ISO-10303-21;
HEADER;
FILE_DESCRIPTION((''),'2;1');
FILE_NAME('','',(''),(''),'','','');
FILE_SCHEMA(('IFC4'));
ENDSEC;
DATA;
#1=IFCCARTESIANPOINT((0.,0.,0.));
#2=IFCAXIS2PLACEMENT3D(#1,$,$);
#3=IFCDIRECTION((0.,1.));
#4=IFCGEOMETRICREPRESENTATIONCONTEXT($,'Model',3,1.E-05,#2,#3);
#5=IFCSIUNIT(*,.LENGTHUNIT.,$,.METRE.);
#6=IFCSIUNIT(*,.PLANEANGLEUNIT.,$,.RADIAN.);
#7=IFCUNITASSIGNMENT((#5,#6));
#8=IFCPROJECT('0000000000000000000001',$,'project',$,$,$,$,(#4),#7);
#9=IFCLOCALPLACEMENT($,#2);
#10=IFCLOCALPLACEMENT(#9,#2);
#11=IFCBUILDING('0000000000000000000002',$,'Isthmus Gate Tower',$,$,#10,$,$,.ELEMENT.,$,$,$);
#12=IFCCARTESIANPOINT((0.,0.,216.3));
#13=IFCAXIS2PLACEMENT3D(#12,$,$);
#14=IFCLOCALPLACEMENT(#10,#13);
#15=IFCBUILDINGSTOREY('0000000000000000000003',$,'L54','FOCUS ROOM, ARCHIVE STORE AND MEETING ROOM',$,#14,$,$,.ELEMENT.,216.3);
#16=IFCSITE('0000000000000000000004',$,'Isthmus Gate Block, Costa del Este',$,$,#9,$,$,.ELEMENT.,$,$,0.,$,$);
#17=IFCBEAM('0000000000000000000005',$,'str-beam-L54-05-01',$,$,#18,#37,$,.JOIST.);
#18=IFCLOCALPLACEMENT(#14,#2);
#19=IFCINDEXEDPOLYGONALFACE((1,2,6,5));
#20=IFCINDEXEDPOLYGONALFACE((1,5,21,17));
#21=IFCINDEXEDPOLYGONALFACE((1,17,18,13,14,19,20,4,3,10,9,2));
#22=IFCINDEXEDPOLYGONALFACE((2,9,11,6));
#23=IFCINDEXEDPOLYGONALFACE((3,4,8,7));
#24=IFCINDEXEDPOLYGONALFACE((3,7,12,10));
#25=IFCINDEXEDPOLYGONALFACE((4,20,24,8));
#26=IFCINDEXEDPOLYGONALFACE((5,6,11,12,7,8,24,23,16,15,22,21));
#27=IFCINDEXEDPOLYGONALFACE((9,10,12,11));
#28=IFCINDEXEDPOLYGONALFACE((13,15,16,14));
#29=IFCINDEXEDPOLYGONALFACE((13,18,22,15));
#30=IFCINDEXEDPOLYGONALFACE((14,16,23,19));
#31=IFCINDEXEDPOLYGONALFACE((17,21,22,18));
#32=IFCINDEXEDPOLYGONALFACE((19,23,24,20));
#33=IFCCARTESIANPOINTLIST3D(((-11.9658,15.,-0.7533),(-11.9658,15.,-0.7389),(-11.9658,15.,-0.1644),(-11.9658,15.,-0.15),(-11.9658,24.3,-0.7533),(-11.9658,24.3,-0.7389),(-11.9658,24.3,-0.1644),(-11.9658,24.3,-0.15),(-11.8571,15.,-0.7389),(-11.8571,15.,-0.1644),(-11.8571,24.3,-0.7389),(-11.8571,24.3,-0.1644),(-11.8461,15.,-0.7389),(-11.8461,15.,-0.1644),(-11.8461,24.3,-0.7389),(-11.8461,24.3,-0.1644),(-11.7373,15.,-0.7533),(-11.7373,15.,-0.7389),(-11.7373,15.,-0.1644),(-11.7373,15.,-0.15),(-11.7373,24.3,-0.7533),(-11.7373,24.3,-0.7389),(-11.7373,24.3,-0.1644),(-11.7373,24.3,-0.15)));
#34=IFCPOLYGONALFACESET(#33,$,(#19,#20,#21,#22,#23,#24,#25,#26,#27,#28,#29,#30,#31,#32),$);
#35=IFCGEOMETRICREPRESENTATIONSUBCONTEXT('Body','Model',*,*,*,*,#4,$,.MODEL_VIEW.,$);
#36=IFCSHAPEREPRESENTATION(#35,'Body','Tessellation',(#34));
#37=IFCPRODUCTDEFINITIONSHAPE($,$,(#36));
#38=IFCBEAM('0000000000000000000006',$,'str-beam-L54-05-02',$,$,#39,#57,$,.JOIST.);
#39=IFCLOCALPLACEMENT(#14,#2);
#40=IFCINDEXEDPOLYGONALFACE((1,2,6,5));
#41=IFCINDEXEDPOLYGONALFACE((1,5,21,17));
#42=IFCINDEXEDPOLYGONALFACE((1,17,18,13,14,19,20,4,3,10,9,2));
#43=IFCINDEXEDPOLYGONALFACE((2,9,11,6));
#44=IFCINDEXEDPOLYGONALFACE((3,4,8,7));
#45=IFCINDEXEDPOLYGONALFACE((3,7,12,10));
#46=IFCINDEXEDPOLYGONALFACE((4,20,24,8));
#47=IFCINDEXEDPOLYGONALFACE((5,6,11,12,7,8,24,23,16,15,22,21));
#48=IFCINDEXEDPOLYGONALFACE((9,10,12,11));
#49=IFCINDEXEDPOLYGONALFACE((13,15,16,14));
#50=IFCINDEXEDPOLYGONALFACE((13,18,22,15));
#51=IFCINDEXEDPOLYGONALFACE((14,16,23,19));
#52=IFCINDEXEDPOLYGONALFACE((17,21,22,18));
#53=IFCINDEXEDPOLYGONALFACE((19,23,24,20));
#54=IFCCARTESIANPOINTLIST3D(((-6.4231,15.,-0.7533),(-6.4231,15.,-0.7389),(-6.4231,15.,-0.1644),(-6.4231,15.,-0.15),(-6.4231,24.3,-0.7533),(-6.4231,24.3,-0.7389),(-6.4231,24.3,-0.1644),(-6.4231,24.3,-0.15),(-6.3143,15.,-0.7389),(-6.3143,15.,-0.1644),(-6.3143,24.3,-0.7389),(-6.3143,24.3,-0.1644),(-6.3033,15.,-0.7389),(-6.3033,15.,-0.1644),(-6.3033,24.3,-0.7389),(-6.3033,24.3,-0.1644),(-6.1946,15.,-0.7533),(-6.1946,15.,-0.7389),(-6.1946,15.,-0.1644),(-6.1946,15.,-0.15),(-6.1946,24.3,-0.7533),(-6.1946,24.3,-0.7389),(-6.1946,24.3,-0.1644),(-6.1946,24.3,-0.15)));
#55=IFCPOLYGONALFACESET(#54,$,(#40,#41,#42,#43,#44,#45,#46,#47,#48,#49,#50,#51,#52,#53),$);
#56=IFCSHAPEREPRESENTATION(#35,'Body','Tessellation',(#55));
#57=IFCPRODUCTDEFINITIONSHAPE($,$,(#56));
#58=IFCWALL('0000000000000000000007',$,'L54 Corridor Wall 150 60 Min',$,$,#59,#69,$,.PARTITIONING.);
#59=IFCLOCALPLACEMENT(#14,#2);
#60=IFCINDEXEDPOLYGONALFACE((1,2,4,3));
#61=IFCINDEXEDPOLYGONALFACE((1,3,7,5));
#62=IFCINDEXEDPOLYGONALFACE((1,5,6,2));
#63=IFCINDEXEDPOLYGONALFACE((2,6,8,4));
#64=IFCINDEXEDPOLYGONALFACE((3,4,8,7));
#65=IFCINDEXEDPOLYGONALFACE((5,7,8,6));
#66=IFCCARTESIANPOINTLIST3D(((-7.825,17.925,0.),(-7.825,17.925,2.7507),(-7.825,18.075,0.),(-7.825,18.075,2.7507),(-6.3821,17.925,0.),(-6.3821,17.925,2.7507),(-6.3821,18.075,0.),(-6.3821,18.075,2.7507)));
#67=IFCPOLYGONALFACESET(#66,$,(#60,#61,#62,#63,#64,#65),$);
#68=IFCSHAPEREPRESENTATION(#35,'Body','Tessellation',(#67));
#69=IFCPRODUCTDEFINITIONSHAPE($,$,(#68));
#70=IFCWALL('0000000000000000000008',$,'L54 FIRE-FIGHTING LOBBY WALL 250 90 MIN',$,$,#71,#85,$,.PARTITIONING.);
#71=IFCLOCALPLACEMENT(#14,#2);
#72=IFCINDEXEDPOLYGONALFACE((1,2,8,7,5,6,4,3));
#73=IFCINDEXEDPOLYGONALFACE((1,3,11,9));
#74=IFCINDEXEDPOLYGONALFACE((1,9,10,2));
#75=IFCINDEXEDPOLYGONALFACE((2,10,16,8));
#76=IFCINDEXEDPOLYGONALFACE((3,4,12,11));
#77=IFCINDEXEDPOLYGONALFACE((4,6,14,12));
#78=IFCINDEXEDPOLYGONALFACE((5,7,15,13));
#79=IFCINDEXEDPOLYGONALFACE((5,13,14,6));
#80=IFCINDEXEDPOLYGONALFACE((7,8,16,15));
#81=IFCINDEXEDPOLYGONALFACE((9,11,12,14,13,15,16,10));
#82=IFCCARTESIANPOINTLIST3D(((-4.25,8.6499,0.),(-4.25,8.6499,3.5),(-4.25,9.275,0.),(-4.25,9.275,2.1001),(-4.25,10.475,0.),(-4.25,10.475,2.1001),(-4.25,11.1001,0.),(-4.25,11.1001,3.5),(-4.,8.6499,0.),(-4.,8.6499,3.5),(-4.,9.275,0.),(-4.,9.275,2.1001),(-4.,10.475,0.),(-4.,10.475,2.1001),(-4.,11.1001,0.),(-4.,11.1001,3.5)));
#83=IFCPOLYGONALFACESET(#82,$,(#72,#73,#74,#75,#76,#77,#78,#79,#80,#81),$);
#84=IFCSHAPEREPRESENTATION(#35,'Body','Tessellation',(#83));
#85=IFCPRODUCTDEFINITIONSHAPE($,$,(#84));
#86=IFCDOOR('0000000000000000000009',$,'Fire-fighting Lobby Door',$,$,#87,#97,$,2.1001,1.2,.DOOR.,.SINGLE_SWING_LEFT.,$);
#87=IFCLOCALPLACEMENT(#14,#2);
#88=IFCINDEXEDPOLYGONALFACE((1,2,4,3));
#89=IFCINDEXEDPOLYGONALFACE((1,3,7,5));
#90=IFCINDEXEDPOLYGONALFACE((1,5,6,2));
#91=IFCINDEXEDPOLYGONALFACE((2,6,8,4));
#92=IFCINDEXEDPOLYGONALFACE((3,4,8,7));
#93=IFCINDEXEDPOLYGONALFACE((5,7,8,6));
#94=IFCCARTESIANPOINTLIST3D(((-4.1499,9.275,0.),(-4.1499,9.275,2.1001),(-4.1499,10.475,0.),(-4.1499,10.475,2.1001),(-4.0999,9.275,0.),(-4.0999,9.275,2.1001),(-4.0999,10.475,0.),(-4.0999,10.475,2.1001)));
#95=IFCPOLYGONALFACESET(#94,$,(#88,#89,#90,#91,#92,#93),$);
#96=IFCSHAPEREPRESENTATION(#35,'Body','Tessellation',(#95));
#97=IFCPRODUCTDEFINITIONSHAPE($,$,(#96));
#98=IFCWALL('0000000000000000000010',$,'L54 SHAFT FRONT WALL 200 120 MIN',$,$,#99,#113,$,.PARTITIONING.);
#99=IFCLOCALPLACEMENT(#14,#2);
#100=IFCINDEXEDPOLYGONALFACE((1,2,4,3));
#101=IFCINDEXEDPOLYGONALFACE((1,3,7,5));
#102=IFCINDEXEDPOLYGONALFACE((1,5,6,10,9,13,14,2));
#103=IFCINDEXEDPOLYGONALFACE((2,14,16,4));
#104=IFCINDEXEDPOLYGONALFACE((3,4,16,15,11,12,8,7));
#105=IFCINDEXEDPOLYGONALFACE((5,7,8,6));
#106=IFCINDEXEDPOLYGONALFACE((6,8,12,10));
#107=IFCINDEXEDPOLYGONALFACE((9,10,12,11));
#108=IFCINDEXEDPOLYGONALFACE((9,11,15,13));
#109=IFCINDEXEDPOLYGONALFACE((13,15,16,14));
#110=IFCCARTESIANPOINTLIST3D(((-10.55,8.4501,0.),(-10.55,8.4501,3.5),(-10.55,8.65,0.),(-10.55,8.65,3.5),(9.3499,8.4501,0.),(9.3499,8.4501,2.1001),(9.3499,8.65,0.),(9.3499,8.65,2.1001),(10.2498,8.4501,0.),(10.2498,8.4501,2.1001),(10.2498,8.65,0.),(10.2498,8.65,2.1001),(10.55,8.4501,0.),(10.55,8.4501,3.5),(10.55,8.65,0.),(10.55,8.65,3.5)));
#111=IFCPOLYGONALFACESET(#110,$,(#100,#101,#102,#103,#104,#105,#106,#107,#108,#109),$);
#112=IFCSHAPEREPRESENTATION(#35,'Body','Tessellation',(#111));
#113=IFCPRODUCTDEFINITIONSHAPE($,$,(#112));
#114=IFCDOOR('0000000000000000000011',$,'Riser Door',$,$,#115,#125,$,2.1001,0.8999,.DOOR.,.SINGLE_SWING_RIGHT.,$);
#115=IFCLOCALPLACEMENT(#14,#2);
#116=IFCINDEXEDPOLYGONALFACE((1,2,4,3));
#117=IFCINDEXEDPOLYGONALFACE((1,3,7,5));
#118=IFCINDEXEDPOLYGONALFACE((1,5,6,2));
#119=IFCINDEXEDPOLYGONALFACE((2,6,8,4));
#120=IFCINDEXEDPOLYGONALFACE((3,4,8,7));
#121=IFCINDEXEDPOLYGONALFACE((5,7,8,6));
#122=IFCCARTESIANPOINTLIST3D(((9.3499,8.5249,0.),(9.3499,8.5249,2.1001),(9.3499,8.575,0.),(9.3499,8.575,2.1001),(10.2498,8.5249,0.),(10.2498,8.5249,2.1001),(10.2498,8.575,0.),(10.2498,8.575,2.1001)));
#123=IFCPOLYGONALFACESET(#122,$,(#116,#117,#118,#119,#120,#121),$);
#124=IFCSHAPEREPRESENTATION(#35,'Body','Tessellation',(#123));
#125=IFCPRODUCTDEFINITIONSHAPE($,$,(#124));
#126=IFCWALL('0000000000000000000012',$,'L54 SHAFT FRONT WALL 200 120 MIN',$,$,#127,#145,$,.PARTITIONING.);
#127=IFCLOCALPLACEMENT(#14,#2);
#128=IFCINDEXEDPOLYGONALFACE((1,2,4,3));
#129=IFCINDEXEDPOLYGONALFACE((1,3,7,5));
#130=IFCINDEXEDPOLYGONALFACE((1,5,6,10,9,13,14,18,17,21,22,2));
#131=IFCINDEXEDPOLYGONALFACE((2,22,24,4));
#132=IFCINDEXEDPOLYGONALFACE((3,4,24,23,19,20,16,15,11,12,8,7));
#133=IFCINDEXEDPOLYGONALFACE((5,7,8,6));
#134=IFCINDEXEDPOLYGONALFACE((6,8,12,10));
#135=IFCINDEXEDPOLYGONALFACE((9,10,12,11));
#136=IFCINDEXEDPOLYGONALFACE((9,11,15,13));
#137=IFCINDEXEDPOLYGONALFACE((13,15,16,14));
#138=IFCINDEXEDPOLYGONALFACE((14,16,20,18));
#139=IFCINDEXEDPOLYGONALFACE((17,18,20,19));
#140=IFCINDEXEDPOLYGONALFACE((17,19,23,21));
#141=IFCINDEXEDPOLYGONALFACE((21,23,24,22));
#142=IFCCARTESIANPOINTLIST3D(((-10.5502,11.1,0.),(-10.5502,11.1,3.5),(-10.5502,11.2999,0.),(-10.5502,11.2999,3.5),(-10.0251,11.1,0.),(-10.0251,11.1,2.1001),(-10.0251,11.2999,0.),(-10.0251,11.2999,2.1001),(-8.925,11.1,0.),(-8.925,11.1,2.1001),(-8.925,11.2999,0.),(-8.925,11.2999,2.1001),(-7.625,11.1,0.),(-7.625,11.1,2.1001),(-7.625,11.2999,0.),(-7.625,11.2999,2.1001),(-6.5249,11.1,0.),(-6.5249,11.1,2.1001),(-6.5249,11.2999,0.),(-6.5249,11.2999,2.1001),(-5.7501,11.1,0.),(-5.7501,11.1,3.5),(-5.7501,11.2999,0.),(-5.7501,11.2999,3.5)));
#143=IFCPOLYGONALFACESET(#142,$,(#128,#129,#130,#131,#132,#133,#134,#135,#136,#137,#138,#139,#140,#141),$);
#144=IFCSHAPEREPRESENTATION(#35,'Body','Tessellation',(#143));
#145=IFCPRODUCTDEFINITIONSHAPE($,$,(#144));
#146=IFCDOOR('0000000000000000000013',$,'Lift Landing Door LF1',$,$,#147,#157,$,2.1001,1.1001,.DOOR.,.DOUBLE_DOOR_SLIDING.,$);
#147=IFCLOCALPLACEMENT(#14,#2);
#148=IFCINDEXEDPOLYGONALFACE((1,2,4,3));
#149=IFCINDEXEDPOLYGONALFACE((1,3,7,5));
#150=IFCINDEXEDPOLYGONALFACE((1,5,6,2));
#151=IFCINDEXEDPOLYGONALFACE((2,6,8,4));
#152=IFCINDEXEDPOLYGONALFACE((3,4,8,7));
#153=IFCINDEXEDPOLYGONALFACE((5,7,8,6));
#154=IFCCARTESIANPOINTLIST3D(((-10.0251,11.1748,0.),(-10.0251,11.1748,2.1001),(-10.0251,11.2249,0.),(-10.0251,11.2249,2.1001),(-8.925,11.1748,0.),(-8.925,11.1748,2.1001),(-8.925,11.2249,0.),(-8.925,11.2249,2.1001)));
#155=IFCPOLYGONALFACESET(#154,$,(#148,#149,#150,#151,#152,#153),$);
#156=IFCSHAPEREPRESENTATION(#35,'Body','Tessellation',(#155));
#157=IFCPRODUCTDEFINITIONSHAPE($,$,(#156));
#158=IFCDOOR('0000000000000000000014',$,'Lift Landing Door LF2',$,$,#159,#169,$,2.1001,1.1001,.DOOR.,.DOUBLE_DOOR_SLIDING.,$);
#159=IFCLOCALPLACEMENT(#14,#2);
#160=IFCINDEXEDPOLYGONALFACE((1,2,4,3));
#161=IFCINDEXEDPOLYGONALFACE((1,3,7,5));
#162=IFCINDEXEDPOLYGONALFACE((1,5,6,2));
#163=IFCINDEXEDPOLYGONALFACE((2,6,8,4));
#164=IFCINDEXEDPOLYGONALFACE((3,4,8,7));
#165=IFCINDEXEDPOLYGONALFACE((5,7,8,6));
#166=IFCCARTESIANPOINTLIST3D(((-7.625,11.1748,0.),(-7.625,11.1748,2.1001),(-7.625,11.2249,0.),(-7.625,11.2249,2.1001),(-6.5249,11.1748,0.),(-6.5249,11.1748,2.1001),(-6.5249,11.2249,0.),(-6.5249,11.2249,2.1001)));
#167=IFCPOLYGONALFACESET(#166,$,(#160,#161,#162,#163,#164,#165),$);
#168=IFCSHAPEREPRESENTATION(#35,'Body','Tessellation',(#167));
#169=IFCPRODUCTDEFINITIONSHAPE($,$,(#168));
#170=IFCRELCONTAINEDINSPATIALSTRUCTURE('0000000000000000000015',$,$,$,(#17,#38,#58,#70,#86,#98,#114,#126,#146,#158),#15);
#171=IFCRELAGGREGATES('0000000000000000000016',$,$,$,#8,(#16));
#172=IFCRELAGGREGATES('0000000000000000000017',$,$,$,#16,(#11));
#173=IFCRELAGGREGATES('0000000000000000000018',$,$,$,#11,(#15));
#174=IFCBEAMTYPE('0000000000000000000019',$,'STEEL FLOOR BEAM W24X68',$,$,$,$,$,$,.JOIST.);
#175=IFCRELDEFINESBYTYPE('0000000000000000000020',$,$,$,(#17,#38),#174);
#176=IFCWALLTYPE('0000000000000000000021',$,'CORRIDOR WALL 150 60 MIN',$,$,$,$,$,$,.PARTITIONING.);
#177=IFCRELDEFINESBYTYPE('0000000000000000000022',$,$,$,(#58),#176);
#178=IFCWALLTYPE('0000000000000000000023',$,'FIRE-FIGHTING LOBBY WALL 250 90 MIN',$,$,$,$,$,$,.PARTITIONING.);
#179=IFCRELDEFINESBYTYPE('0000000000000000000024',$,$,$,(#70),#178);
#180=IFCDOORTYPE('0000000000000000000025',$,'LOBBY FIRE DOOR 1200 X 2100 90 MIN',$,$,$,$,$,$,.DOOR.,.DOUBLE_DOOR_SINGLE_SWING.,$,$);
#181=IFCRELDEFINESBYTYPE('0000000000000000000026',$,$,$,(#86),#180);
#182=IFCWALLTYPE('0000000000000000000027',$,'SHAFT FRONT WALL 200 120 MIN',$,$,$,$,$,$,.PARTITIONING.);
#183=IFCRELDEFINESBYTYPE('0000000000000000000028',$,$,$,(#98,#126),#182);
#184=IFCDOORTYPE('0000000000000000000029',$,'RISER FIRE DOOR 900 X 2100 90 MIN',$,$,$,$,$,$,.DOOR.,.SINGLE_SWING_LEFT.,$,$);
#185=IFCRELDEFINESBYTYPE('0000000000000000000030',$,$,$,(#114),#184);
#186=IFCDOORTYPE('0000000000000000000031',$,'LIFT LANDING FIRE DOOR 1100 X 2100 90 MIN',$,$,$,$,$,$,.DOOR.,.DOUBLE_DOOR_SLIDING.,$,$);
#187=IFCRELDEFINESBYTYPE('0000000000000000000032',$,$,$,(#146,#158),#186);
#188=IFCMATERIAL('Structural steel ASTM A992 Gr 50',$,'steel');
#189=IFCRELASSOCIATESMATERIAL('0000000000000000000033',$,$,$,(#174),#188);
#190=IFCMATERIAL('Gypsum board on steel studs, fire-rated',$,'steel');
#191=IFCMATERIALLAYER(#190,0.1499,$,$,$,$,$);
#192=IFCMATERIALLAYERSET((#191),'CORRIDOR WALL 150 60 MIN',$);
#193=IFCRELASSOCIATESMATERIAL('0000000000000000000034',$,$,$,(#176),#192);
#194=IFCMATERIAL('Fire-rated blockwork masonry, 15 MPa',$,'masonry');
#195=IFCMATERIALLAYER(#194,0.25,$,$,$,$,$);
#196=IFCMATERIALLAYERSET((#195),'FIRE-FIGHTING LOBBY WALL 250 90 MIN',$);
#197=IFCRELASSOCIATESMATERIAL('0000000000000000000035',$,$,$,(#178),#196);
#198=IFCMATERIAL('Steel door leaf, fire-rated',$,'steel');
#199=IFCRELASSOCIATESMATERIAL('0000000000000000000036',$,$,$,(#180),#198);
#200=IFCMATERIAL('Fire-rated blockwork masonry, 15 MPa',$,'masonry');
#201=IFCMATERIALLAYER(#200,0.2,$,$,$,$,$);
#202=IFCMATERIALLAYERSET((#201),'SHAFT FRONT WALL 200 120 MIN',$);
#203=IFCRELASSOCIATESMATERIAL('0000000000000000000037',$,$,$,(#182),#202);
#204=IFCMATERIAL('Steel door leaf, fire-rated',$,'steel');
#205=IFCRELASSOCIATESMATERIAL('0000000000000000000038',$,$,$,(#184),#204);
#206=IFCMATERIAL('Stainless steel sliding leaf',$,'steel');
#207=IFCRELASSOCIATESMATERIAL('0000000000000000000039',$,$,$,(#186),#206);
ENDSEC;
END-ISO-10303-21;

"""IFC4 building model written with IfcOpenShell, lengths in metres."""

from ifc_helpers import new_model, si_unit, direction, frame, frame_2d, origin, origin_2d, place, context, subcontext, project, spatial, rectangle, i_section, extrude, material, layer, layer_set, material_profile, profile_set, type_object, element, fill, save


model = new_model("IFC4")

# Units and contexts
model_context = context("Model", 3, precision=1e-05, world=origin(), true_north=direction((0.0, 1.0)))
body_context = subcontext(model_context, "Body", "Model", "MODEL_VIEW")
ifc_project = project(units=[si_unit("LENGTHUNIT", "METRE"), si_unit("PLANEANGLEUNIT", "RADIAN")], contexts=[model_context])

# Site, building, storey
site_placement = place(None, origin())
site = spatial("IfcSite", under=ifc_project, at=site_placement, Name="Isthmus Gate Block, Costa del Este", CompositionType="ELEMENT", RefElevation=0.0)
building_placement = place(site_placement, origin())
building = spatial("IfcBuilding", under=site, at=building_placement, Name="Isthmus Gate Tower", CompositionType="ELEMENT")
storey_placement = place(building_placement, frame((0.0, 0.0, 216.3)))
storey = spatial("IfcBuildingStorey", under=building, at=storey_placement, Name="L54", Description="FOCUS ROOM, ARCHIVE STORE AND MEETING ROOM", CompositionType="ELEMENT", Elevation=216.3)

# Beams
ifc_material_1 = material(Name="Structural steel ASTM A992 Gr 50", Category="steel")
ifc_material_profile = material_profile(ifc_material_1, i_section(OverallWidth=0.2285, OverallDepth=0.6033, WebThickness=0.011, FlangeThickness=0.0144, at=origin_2d()), Name="W24X68")
ifc_profile_set = profile_set([ifc_material_profile], Name="Structural steel ASTM A992 Gr 50")
beam_type = type_object("IfcBeamType", Name="STEEL FLOOR BEAM W24X68", PredefinedType="JOIST", material=ifc_profile_set)
for number, where, z_axis, x_axis, name in (
    (1, (-11.8516, 15.0, -0.4517), (0.0, 1.0, 0.0), (-1.0, 0.0, 0.0), "str-beam-L54-05-01"),
    (2, (-6.3088, 15.0, -0.4517), (0.0, 1.0, 0.0), (-1.0, 0.0, 0.0), "str-beam-L54-05-02"),
):
    element("IfcBeam", number, at=place(storey_placement, frame(where, z_axis=z_axis, x_axis=x_axis)), inside=storey, type_object=beam_type, Name=name, PredefinedType="JOIST", context=body_context, shape_type="SweptSolid", body=[
        extrude(i_section(OverallWidth=0.2285, OverallDepth=0.6033, WebThickness=0.011, FlangeThickness=0.0144, at=origin_2d()), origin(), (0.0, 0.0, 1.0), 9.3),
    ])

# Wall
ifc_material_2 = material(Name="Gypsum board on steel studs, fire-rated", Category="steel")
ifc_layer_1 = layer(ifc_material_2, 0.1499)
ifc_layer_set_1 = layer_set([ifc_layer_1], Name="CORRIDOR WALL 150 60 MIN")
wall_type_1 = type_object("IfcWallType", Name="CORRIDOR WALL 150 60 MIN", PredefinedType="PARTITIONING", material=ifc_layer_set_1)
wall_1_placement = place(storey_placement, frame((-7.825, 18.0, 0.0), z_axis=(0.0, 0.0, 1.0), x_axis=(1.0, 0.0, 0.0)))
element("IfcWall", 3, at=wall_1_placement, inside=storey, type_object=wall_type_1, Name="L54 Corridor Wall 150 60 Min", PredefinedType="PARTITIONING", context=body_context, shape_type="SweptSolid", body=[
    extrude(rectangle(XDim=1.4429, YDim=0.1499, at=frame_2d((0.7214, 0.0))), origin(), (0.0, 0.0, 1.0), 2.7507),
])

# Walls, openings, doors
ifc_material_3 = material(Name="Fire-rated blockwork masonry, 15 MPa", Category="masonry")
ifc_layer_2 = layer(ifc_material_3, 0.25)
ifc_layer_set_2 = layer_set([ifc_layer_2], Name="FIRE-FIGHTING LOBBY WALL 250 90 MIN")
wall_type_2 = type_object("IfcWallType", Name="FIRE-FIGHTING LOBBY WALL 250 90 MIN", PredefinedType="PARTITIONING", material=ifc_layer_set_2)
wall_2_placement = place(storey_placement, frame((-4.125, 8.6499, 0.0), z_axis=(0.0, 0.0, 1.0), x_axis=(0.0, 1.0, 0.0)))
wall_2 = element("IfcWall", 4, at=wall_2_placement, inside=storey, type_object=wall_type_2, Name="L54 FIRE-FIGHTING LOBBY WALL 250 90 MIN", PredefinedType="PARTITIONING", context=body_context, shape_type="SweptSolid", body=[
    extrude(rectangle(XDim=2.4502, YDim=0.25, at=frame_2d((1.2251, 0.0))), origin(), (0.0, 0.0, 1.0), 3.5),
])
opening_1_placement = place(wall_2_placement, frame((0.625, 0.0, 0.0)))
opening_1 = element("IfcOpeningElement", 5, at=opening_1_placement, cuts=wall_2, PredefinedType="OPENING", context=body_context, shape_type="SweptSolid", body=[
    extrude(rectangle(XDim=1.2, YDim=2.1001, at=frame_2d((0.6001, 1.05))), frame((0.0, 0.135, 0.0), z_axis=(0.0, -1.0, 0.0), x_axis=(1.0, 0.0, 0.0)), (0.0, 0.0, 1.0), 0.27),
])
ifc_material_4 = material(Name="Steel door leaf, fire-rated", Category="steel")
door_type_1 = type_object("IfcDoorType", Name="LOBBY FIRE DOOR 1200 X 2100 90 MIN", OperationType="DOUBLE_DOOR_SINGLE_SWING", PredefinedType="DOOR", material=ifc_material_4)
door_1_placement = place(opening_1_placement, origin())
door_1 = element("IfcDoor", 6, at=door_1_placement, inside=storey, type_object=door_type_1, Name="Fire-fighting Lobby Door", OperationType="SINGLE_SWING_LEFT", OverallHeight=2.1001, OverallWidth=1.2, PredefinedType="DOOR", context=body_context, shape_type="SweptSolid", body=[
    extrude(rectangle(XDim=1.2, YDim=2.1001, at=frame_2d((0.6001, 1.05))), frame((0.0, 0.0249, 0.0), z_axis=(0.0, -1.0, 0.0), x_axis=(1.0, 0.0, 0.0)), (0.0, 0.0, 1.0), 0.05),
])
fill(opening_1, door_1)
ifc_material_5 = material(Name="Fire-rated blockwork masonry, 15 MPa", Category="masonry")
ifc_layer_3 = layer(ifc_material_5, 0.2)
ifc_layer_set_3 = layer_set([ifc_layer_3], Name="SHAFT FRONT WALL 200 120 MIN")
wall_type_3 = type_object("IfcWallType", Name="SHAFT FRONT WALL 200 120 MIN", PredefinedType="PARTITIONING", material=ifc_layer_set_3)
wall_3_placement = place(storey_placement, frame((-10.55, 8.55, 0.0), z_axis=(0.0, 0.0, 1.0), x_axis=(1.0, 0.0, 0.0)))
wall_3 = element("IfcWall", 7, at=wall_3_placement, inside=storey, type_object=wall_type_3, Name="L54 SHAFT FRONT WALL 200 120 MIN", PredefinedType="PARTITIONING", context=body_context, shape_type="SweptSolid", body=[
    extrude(rectangle(XDim=21.1001, YDim=0.2, at=frame_2d((10.55, 0.0))), origin(), (0.0, 0.0, 1.0), 3.5),
])
opening_2_placement = place(wall_3_placement, frame((19.8999, 0.0, 0.0)))
opening_2 = element("IfcOpeningElement", 8, at=opening_2_placement, cuts=wall_3, PredefinedType="OPENING", context=body_context, shape_type="SweptSolid", body=[
    extrude(rectangle(XDim=0.8999, YDim=2.1001, at=frame_2d((0.45, 1.05))), frame((0.0, 0.1099, 0.0), z_axis=(0.0, -1.0, 0.0), x_axis=(1.0, 0.0, 0.0)), (0.0, 0.0, 1.0), 0.22),
])
ifc_material_6 = material(Name="Steel door leaf, fire-rated", Category="steel")
door_type_2 = type_object("IfcDoorType", Name="RISER FIRE DOOR 900 X 2100 90 MIN", OperationType="SINGLE_SWING_LEFT", PredefinedType="DOOR", material=ifc_material_6)
door_2_placement = place(opening_2_placement, origin())
door_2 = element("IfcDoor", 9, at=door_2_placement, inside=storey, type_object=door_type_2, Name="Riser Door", OperationType="SINGLE_SWING_RIGHT", OverallHeight=2.1001, OverallWidth=0.8999, PredefinedType="DOOR", context=body_context, shape_type="SweptSolid", body=[
    extrude(rectangle(XDim=0.8999, YDim=2.1001, at=frame_2d((0.45, 1.05))), frame((0.0, 0.0249, 0.0), z_axis=(0.0, -1.0, 0.0), x_axis=(1.0, 0.0, 0.0)), (0.0, 0.0, 1.0), 0.05),
])
fill(opening_2, door_2)

# Wall, openings, doors
wall_4_placement = place(storey_placement, frame((-10.55, 11.2, 0.0), z_axis=(0.0, 0.0, 1.0), x_axis=(1.0, 0.0, 0.0)))
wall_4 = element("IfcWall", 10, at=wall_4_placement, inside=storey, type_object=wall_type_3, Name="L54 SHAFT FRONT WALL 200 120 MIN", PredefinedType="PARTITIONING", context=body_context, shape_type="SweptSolid", body=[
    extrude(rectangle(XDim=4.8, YDim=0.2, at=frame_2d((2.3999, 0.0))), origin(), (0.0, 0.0, 1.0), 3.5),
])
opening_3_placement = place(wall_4_placement, frame((0.5249, 0.0, 0.0)))
opening_3 = element("IfcOpeningElement", 11, at=opening_3_placement, cuts=wall_4, PredefinedType="OPENING", context=body_context, shape_type="SweptSolid", body=[
    extrude(rectangle(XDim=1.1001, YDim=2.1001, at=frame_2d((0.55, 1.05))), frame((0.0, 0.1099, 0.0), z_axis=(0.0, -1.0, 0.0), x_axis=(1.0, 0.0, 0.0)), (0.0, 0.0, 1.0), 0.22),
])
opening_4_placement = place(wall_4_placement, frame((2.925, 0.0, 0.0)))
opening_4 = element("IfcOpeningElement", 12, at=opening_4_placement, cuts=wall_4, PredefinedType="OPENING", context=body_context, shape_type="SweptSolid", body=[
    extrude(rectangle(XDim=1.1001, YDim=2.1001, at=frame_2d((0.55, 1.05))), frame((0.0, 0.1099, 0.0), z_axis=(0.0, -1.0, 0.0), x_axis=(1.0, 0.0, 0.0)), (0.0, 0.0, 1.0), 0.22),
])
ifc_material_7 = material(Name="Stainless steel sliding leaf", Category="steel")
door_type_3 = type_object("IfcDoorType", Name="LIFT LANDING FIRE DOOR 1100 X 2100 90 MIN", OperationType="DOUBLE_DOOR_SLIDING", PredefinedType="DOOR", material=ifc_material_7)
door_3_placement = place(opening_3_placement, origin())
door_3 = element("IfcDoor", 13, at=door_3_placement, inside=storey, type_object=door_type_3, Name="Lift Landing Door LF1", OperationType="DOUBLE_DOOR_SLIDING", OverallHeight=2.1001, OverallWidth=1.1001, PredefinedType="DOOR", context=body_context, shape_type="SweptSolid", body=[
    extrude(rectangle(XDim=1.1001, YDim=2.1001, at=frame_2d((0.55, 1.05))), frame((0.0, 0.0249, 0.0), z_axis=(0.0, -1.0, 0.0), x_axis=(1.0, 0.0, 0.0)), (0.0, 0.0, 1.0), 0.05),
])
fill(opening_3, door_3)
door_4_placement = place(opening_4_placement, origin())
door_4 = element("IfcDoor", 14, at=door_4_placement, inside=storey, type_object=door_type_3, Name="Lift Landing Door LF2", OperationType="DOUBLE_DOOR_SLIDING", OverallHeight=2.1001, OverallWidth=1.1001, PredefinedType="DOOR", context=body_context, shape_type="SweptSolid", body=[
    extrude(rectangle(XDim=1.1001, YDim=2.1001, at=frame_2d((0.55, 1.05))), frame((0.0, 0.0249, 0.0), z_axis=(0.0, -1.0, 0.0), x_axis=(1.0, 0.0, 0.0)), (0.0, 0.0, 1.0), 0.05),
])
fill(opening_4, door_4)

save(model, "model.ifc")
